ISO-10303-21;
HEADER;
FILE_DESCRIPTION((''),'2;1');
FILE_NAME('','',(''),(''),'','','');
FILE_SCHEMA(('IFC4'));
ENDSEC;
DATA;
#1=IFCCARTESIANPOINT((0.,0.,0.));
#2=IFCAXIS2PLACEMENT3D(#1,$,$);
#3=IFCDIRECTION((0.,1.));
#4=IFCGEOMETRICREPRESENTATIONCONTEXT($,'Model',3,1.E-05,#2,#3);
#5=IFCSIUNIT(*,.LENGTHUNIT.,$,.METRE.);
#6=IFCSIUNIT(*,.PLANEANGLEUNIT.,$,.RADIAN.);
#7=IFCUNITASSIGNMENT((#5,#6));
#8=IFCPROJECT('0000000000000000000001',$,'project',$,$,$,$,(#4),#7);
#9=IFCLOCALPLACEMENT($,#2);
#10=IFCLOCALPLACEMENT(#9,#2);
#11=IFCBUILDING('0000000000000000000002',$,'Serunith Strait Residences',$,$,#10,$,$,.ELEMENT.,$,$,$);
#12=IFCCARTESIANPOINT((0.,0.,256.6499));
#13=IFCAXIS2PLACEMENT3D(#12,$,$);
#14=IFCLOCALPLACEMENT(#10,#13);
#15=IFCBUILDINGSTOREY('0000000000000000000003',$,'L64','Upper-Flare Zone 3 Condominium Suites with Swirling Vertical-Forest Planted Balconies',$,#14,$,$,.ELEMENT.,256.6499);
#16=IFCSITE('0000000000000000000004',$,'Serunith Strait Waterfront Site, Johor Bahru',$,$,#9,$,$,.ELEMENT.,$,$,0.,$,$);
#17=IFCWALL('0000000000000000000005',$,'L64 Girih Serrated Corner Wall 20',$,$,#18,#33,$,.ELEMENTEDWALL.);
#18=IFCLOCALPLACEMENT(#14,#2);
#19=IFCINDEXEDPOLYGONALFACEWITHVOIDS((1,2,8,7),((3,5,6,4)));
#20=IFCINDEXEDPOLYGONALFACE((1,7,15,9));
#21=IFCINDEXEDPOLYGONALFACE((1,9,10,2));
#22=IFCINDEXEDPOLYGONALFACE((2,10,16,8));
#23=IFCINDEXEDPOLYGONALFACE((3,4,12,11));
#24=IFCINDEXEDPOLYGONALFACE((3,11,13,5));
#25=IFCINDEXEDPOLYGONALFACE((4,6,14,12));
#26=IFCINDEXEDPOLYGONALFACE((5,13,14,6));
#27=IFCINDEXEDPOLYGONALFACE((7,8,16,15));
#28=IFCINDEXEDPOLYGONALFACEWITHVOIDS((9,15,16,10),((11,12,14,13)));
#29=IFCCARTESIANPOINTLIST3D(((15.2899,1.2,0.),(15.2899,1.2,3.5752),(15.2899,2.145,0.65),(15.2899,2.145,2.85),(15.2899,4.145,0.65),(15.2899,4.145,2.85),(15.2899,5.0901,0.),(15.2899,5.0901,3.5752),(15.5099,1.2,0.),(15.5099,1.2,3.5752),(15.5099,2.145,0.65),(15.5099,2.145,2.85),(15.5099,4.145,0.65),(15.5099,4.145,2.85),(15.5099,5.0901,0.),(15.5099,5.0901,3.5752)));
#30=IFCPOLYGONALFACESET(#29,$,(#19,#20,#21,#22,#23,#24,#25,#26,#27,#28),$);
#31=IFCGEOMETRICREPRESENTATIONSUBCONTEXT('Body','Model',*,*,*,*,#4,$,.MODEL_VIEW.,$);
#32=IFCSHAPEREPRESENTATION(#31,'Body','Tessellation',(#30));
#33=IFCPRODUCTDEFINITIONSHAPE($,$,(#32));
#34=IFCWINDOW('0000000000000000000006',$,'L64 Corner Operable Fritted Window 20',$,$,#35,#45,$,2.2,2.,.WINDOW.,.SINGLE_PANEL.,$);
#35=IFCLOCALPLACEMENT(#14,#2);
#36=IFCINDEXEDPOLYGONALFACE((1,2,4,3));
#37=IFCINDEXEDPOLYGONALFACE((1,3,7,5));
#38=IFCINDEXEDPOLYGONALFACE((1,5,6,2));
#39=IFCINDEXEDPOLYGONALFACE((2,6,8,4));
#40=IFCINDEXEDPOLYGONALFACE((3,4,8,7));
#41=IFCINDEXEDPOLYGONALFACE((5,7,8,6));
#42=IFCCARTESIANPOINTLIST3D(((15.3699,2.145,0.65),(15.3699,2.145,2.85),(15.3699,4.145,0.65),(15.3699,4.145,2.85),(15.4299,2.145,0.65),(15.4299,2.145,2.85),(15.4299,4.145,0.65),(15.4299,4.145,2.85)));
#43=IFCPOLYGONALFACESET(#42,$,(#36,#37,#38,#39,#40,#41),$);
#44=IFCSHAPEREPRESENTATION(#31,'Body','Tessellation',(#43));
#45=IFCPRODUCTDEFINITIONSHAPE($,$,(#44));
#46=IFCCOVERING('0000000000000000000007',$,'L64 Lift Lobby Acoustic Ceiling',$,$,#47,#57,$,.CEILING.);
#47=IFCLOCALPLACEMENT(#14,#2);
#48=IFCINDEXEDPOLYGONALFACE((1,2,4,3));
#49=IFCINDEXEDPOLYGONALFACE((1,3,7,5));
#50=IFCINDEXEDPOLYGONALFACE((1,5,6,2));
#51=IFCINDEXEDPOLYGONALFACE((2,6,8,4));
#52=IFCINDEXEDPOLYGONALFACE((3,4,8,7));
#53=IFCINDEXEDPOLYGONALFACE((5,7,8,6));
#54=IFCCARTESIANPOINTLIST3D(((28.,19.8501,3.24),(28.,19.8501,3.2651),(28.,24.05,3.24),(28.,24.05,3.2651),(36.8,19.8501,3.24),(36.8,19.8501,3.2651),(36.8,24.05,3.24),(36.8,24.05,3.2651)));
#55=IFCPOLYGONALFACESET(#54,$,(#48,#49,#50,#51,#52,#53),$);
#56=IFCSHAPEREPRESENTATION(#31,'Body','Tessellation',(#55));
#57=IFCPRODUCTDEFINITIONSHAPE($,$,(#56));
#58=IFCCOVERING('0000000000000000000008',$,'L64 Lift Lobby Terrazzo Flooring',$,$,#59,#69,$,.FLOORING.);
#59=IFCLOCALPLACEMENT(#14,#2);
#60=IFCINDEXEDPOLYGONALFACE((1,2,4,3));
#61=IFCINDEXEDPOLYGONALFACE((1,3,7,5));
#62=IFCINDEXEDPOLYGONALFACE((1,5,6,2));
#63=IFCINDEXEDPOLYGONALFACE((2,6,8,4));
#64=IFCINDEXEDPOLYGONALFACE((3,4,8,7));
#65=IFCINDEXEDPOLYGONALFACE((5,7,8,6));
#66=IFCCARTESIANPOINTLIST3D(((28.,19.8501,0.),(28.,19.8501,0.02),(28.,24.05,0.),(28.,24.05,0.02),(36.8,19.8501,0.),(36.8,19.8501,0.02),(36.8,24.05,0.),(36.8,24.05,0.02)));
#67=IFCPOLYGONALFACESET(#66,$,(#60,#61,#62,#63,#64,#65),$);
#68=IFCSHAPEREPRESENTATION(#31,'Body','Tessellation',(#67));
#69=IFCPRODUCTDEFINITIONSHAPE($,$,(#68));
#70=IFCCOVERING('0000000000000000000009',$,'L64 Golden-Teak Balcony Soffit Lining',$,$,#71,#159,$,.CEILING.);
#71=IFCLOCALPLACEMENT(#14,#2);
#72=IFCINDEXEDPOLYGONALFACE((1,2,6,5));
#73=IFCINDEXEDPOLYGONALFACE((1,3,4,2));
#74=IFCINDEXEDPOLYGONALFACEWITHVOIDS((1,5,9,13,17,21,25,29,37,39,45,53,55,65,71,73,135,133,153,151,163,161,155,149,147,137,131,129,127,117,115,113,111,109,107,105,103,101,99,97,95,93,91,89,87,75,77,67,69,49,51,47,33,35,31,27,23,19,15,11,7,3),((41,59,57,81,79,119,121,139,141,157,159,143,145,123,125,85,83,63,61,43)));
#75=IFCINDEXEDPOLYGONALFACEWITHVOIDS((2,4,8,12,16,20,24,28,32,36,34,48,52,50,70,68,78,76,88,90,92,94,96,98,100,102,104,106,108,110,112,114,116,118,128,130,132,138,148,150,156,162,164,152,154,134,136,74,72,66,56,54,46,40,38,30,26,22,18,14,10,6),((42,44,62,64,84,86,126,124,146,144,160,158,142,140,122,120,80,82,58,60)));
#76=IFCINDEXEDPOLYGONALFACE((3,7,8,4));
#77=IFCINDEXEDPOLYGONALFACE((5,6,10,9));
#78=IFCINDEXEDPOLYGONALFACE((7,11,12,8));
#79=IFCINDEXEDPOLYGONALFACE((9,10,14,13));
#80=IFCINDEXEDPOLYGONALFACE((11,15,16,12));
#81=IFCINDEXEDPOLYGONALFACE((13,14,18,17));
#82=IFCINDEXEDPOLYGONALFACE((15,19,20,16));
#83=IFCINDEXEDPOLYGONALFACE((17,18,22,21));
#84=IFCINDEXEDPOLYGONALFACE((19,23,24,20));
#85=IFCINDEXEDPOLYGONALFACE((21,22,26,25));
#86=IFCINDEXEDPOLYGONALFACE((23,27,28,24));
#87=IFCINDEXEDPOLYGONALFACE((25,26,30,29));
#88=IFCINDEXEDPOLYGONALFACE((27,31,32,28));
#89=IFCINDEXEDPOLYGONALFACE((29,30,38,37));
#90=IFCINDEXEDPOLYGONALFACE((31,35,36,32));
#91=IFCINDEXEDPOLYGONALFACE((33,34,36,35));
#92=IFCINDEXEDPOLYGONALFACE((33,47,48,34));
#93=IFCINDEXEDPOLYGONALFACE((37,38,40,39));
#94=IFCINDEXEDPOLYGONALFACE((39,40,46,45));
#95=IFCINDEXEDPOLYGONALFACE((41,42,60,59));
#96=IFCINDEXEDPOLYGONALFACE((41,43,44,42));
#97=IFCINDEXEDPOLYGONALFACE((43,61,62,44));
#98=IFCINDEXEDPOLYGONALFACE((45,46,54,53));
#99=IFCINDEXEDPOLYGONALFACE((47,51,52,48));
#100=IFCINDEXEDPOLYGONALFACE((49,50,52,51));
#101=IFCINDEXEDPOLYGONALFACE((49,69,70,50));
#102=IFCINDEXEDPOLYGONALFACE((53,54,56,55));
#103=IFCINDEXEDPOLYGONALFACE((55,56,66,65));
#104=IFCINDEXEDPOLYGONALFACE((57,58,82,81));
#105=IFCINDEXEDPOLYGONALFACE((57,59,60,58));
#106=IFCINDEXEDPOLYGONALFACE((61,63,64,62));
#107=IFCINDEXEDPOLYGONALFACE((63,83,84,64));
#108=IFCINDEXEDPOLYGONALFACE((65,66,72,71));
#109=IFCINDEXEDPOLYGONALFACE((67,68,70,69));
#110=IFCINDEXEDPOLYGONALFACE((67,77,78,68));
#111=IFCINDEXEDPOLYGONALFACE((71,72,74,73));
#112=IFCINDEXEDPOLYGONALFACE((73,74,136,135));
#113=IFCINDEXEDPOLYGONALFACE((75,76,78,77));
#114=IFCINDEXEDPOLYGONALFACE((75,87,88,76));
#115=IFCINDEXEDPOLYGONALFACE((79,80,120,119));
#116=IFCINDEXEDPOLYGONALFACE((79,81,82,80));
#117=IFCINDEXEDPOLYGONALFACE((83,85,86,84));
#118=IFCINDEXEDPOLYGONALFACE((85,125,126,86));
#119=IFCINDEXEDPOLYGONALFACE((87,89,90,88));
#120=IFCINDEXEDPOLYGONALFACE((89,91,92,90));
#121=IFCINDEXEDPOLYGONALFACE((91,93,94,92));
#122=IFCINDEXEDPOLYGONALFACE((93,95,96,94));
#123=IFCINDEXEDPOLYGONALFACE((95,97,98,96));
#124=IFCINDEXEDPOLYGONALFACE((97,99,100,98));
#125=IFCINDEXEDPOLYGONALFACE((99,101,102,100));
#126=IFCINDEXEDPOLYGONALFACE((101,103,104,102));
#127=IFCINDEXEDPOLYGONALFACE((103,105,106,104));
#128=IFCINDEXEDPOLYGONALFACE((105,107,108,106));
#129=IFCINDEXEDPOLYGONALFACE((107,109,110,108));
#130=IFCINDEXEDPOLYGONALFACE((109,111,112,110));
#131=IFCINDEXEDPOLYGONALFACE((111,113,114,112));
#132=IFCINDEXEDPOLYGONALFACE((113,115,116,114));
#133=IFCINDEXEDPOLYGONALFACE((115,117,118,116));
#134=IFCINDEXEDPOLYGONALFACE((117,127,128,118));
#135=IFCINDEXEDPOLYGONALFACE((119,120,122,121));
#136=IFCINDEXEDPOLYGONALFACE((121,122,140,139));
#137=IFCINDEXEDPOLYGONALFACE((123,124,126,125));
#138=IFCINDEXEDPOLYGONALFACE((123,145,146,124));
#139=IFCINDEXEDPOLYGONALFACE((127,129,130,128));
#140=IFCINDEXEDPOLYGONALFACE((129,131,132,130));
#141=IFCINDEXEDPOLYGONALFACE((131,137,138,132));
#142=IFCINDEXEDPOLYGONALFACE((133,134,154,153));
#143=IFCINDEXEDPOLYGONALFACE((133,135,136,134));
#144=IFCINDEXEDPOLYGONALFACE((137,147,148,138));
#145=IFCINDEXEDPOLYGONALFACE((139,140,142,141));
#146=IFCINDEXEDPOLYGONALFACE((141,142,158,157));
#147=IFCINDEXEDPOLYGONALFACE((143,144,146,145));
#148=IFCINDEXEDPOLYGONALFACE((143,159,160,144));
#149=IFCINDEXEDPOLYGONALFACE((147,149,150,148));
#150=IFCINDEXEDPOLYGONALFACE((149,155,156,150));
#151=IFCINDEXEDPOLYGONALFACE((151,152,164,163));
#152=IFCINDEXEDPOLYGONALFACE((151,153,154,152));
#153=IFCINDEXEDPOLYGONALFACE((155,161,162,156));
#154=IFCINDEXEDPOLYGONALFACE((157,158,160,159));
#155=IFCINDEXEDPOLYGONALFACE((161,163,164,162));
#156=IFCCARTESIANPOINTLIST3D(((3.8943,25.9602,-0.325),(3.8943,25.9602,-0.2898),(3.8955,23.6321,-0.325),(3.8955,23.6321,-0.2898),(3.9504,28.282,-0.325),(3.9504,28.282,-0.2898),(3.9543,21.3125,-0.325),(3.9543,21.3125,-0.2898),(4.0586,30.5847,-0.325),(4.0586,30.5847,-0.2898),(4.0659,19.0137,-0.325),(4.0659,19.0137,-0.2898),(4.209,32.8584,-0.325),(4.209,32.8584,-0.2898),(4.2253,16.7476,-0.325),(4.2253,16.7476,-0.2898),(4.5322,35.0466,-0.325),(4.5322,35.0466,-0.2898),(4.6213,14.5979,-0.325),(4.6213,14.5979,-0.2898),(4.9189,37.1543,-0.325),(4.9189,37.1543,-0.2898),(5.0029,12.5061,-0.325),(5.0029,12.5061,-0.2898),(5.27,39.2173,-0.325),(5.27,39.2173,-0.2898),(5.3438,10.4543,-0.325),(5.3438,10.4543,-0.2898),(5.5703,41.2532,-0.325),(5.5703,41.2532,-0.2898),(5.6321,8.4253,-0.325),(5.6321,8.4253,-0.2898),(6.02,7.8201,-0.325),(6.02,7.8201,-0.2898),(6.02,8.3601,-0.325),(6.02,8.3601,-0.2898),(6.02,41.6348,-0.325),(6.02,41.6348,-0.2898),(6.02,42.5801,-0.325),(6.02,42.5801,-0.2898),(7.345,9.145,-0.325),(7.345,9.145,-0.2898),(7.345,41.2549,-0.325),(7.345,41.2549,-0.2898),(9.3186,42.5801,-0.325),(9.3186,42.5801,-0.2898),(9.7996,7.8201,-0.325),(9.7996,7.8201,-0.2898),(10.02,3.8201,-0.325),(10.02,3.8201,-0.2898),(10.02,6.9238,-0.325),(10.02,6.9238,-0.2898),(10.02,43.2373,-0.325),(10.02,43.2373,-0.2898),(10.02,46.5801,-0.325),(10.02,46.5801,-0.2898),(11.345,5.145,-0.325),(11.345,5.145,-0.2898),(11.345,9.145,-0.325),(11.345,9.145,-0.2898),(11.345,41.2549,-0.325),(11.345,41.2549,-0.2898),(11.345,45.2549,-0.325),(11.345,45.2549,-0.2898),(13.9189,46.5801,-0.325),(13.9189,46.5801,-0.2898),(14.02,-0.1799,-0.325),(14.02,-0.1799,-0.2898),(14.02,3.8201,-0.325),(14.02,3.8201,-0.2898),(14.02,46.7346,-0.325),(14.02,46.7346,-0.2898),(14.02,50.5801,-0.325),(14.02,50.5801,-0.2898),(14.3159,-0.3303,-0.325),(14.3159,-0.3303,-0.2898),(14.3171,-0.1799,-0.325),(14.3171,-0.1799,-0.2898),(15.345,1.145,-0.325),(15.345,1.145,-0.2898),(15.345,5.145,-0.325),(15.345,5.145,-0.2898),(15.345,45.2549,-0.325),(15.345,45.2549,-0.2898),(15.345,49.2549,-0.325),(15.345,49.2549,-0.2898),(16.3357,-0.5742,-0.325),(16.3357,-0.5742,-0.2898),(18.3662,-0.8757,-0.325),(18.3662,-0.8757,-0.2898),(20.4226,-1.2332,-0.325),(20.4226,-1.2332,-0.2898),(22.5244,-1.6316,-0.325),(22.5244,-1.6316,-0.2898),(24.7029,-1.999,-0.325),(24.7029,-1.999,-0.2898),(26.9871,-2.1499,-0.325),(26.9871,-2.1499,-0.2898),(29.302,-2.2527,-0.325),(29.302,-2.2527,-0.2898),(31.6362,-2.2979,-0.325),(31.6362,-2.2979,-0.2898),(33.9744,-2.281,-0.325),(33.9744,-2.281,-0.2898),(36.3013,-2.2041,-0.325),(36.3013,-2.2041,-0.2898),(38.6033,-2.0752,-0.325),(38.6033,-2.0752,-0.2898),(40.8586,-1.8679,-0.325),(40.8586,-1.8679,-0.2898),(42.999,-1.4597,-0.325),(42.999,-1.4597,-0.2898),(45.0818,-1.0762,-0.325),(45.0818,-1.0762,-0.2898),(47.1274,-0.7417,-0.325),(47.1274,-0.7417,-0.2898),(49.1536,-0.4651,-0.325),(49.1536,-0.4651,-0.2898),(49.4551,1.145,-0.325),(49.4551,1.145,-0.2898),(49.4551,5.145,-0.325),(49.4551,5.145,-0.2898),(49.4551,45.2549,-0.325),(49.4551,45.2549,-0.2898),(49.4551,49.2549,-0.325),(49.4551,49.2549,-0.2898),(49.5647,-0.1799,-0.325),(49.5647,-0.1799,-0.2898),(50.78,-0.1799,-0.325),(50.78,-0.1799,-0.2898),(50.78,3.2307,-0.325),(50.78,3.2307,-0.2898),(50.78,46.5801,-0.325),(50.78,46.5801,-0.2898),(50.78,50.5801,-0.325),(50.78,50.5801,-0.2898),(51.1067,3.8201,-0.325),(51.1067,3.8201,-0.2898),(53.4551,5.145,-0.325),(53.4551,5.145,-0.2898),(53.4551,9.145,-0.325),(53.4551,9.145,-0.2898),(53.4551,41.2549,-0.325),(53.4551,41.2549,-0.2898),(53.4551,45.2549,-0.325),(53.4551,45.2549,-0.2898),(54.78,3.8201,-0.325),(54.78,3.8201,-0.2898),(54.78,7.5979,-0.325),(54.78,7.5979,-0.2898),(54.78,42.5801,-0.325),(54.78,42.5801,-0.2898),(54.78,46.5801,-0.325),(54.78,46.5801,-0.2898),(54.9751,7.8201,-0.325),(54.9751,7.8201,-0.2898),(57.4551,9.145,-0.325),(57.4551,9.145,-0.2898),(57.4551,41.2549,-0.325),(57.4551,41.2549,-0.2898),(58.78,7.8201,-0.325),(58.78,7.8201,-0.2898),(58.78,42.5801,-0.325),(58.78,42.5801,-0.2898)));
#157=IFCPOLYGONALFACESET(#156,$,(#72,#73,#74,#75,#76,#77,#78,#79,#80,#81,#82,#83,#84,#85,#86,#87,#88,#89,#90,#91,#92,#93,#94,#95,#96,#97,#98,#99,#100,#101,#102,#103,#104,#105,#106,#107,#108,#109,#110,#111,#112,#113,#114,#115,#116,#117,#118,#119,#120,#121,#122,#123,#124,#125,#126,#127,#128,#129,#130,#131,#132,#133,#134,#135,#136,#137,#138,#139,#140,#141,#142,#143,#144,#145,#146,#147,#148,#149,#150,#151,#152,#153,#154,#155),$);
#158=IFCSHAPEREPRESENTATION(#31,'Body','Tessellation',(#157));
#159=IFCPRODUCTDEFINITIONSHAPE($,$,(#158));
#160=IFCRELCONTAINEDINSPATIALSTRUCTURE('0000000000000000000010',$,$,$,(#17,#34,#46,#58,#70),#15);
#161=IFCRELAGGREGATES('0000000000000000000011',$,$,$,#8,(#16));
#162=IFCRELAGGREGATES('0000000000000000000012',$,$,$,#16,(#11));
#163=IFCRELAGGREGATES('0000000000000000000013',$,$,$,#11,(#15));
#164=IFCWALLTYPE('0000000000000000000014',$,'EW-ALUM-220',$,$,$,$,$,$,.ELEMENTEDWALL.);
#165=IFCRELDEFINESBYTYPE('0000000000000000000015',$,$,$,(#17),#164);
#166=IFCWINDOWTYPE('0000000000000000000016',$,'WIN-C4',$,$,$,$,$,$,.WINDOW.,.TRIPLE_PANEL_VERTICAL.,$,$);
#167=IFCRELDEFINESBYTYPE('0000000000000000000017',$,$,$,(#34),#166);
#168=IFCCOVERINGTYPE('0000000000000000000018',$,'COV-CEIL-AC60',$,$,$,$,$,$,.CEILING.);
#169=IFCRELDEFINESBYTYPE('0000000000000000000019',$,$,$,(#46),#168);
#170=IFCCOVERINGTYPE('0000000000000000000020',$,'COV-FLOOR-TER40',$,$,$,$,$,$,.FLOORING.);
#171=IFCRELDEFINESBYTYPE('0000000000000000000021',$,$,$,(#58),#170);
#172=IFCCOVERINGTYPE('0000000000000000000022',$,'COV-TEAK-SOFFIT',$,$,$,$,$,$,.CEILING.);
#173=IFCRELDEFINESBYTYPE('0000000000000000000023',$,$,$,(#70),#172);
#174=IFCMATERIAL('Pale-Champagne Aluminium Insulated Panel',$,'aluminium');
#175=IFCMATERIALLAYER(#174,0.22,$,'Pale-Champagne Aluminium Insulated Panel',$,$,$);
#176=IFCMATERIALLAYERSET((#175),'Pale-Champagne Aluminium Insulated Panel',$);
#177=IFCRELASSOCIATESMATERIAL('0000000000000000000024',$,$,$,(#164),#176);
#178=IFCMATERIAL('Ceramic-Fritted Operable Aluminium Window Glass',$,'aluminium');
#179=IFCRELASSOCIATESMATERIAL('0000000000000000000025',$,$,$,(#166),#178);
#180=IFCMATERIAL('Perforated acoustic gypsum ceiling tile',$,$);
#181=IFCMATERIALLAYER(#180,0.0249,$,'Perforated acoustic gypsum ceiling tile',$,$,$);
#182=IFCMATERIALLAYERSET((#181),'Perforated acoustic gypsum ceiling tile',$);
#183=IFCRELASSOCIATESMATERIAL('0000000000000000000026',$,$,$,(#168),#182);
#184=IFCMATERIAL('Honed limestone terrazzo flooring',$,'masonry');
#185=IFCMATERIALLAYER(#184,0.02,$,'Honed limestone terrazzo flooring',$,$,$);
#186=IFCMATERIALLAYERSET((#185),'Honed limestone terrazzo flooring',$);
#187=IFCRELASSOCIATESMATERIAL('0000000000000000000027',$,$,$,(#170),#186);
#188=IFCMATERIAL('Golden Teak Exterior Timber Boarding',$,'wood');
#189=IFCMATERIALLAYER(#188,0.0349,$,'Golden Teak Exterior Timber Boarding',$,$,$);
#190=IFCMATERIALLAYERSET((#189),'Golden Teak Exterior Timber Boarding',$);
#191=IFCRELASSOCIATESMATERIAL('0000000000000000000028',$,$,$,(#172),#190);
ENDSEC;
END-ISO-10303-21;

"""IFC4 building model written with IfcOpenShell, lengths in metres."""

from ifc_helpers import new_model, si_unit, direction, frame, frame_2d, origin, place, context, subcontext, project, spatial, polyline, rectangle, outline, extrude, source, transform, mapped, material, layer, layer_set, type_object, element, fill, save


model = new_model("IFC4")

# Units and contexts
model_context = context("Model", 3, precision=1e-05, world=origin(), true_north=direction((0.0, 1.0)))
body_context = subcontext(model_context, "Body", "Model", "MODEL_VIEW")
ifc_project = project(units=[si_unit("LENGTHUNIT", "METRE"), si_unit("PLANEANGLEUNIT", "RADIAN")], contexts=[model_context])

# Site, building, storey
site_placement = place(None, origin())
site = spatial("IfcSite", under=ifc_project, at=site_placement, Name="Serunith Strait Waterfront Site, Johor Bahru", CompositionType="ELEMENT", RefElevation=0.0)
building_placement = place(site_placement, origin())
building = spatial("IfcBuilding", under=site, at=building_placement, Name="Serunith Strait Residences", CompositionType="ELEMENT")
storey_placement = place(building_placement, frame((0.0, 0.0, 256.6499)))
storey = spatial("IfcBuildingStorey", under=building, at=storey_placement, Name="L64", Description="Upper-Flare Zone 3 Condominium Suites with Swirling Vertical-Forest Planted Balconies", CompositionType="ELEMENT", Elevation=256.6499)

# Wall, opening, window
ifc_material_1 = material(Name="Pale-Champagne Aluminium Insulated Panel", Category="aluminium")
ifc_layer_1 = layer(ifc_material_1, 0.22, Name="Pale-Champagne Aluminium Insulated Panel")
ifc_layer_set_1 = layer_set([ifc_layer_1], Name="Pale-Champagne Aluminium Insulated Panel")
wall_type = type_object("IfcWallType", Name="EW-ALUM-220", PredefinedType="ELEMENTEDWALL", material=ifc_layer_set_1)
ifc_material_2 = material(Name="Ceramic-Fritted Operable Aluminium Window Glass", Category="aluminium")
window_type = type_object("IfcWindowType", Name="WIN-C4", PartitioningType="TRIPLE_PANEL_VERTICAL", PredefinedType="WINDOW", material=ifc_material_2)
shared_shape_1 = source(origin(), body_context, "Body", "SweptSolid", [
    extrude(rectangle(XDim=2.0, YDim=2.2, at=frame_2d((1.0, 1.1001))), frame((0.0, 0.03, 0.0), z_axis=(0.0, -1.0, 0.0), x_axis=(1.0, 0.0, 0.0)), (0.0, 0.0, 1.0), 0.0601),
])
wall_1_placement = place(storey_placement, frame((15.3999, 5.0901, 0.0), z_axis=(0.0, 0.0, 1.0), x_axis=(0.0, -1.0, 0.0)))
wall_1 = element("IfcWall", 1, at=wall_1_placement, inside=storey, type_object=wall_type, Name="L64 Girih Serrated Corner Wall 20", PredefinedType="ELEMENTEDWALL", context=body_context, shape_type="SweptSolid", body=[
    extrude(rectangle(XDim=3.8901, YDim=0.22, at=frame_2d((1.9451, 0.0))), origin(), (0.0, 0.0, 1.0), 3.5752),
])
opening_1_placement = place(wall_1_placement, frame((0.9451, 0.0, 0.6499)))
opening_1 = element("IfcOpeningElement", 2, at=opening_1_placement, cuts=wall_1, PredefinedType="OPENING", context=body_context, shape_type="SweptSolid", body=[
    extrude(rectangle(XDim=2.0, YDim=2.2, at=frame_2d((1.0, 1.1001))), frame((0.0, 0.1201, 0.0), z_axis=(0.0, -1.0, 0.0), x_axis=(1.0, 0.0, 0.0)), (0.0, 0.0, 1.0), 0.24),
])
window_1_placement = place(opening_1_placement, origin())
window_1 = element("IfcWindow", 3, at=window_1_placement, inside=storey, type_object=window_type, Name="L64 Corner Operable Fritted Window 20", OverallHeight=2.2, OverallWidth=2.0, PartitioningType="SINGLE_PANEL", PredefinedType="WINDOW", context=body_context, shape_type="MappedRepresentation", body=[
    mapped(shared_shape_1, transform((0.0, 0.0, 0.0), scale=1.0)),
])
fill(opening_1, window_1)

# Coverings
ifc_material_3 = material(Name="Perforated acoustic gypsum ceiling tile")
ifc_layer_2 = layer(ifc_material_3, 0.0249, Name="Perforated acoustic gypsum ceiling tile")
ifc_layer_set_2 = layer_set([ifc_layer_2], Name="Perforated acoustic gypsum ceiling tile")
covering_type_1 = type_object("IfcCoveringType", Name="COV-CEIL-AC60", PredefinedType="CEILING", material=ifc_layer_set_2)
covering_1_placement = place(storey_placement, frame((0.0, 0.0, 3.24)))
element("IfcCovering", 4, at=covering_1_placement, inside=storey, type_object=covering_type_1, Name="L64 Lift Lobby Acoustic Ceiling", PredefinedType="CEILING", context=body_context, shape_type="SweptSolid", body=[
    extrude(outline(polyline([(28.0, 19.8501), (36.8, 19.8501), (36.8, 24.05), (28.0, 24.05), (28.0, 19.8501)])), origin(), (0.0, 0.0, 1.0), 0.0251),
])
ifc_material_4 = material(Name="Honed limestone terrazzo flooring", Category="masonry")
ifc_layer_3 = layer(ifc_material_4, 0.02, Name="Honed limestone terrazzo flooring")
ifc_layer_set_3 = layer_set([ifc_layer_3], Name="Honed limestone terrazzo flooring")
covering_type_2 = type_object("IfcCoveringType", Name="COV-FLOOR-TER40", PredefinedType="FLOORING", material=ifc_layer_set_3)
covering_2_placement = place(storey_placement, origin())
element("IfcCovering", 5, at=covering_2_placement, inside=storey, type_object=covering_type_2, Name="L64 Lift Lobby Terrazzo Flooring", PredefinedType="FLOORING", context=body_context, shape_type="SweptSolid", body=[
    extrude(outline(polyline([(28.0, 19.8501), (36.8, 19.8501), (36.8, 24.05), (28.0, 24.05), (28.0, 19.8501)])), origin(), (0.0, 0.0, 1.0), 0.02),
])
ifc_material_5 = material(Name="Golden Teak Exterior Timber Boarding", Category="wood")
ifc_layer_4 = layer(ifc_material_5, 0.0349, Name="Golden Teak Exterior Timber Boarding")
ifc_layer_set_4 = layer_set([ifc_layer_4], Name="Golden Teak Exterior Timber Boarding")
covering_type_3 = type_object("IfcCoveringType", Name="COV-TEAK-SOFFIT", PredefinedType="CEILING", material=ifc_layer_set_4)
covering_3_placement = place(storey_placement, frame((0.0, 0.0, -0.325)))
element("IfcCovering", 6, at=covering_3_placement, inside=storey, type_object=covering_type_3, Name="L64 Golden-Teak Balcony Soffit Lining", PredefinedType="CEILING", context=body_context, shape_type="SweptSolid", body=[
    extrude(outline(polyline([(14.02, -0.1799), (14.02, 3.8201), (10.02, 3.8201), (10.02, 6.9238), (9.7996, 7.8201), (6.02, 7.8201), (6.02, 8.3601), (5.6321, 8.4253), (5.3438, 10.4543), (5.0029, 12.5061), (4.6213, 14.5979), (4.2253, 16.7476), (4.0659, 19.0137), (3.9543, 21.3125), (3.8955, 23.6321), (3.8943, 25.9602), (3.9504, 28.282), (4.0586, 30.5847), (4.209, 32.8584), (4.5322, 35.0466), (4.9189, 37.1543), (5.27, 39.2173), (5.5703, 41.2532), (6.02, 41.6348), (6.02, 42.5801), (9.3186, 42.5801), (10.02, 43.2373), (10.02, 46.5801), (13.9189, 46.5801), (14.02, 46.7346), (14.02, 50.5801), (50.78, 50.5801), (50.78, 46.5801), (54.78, 46.5801), (54.78, 42.5801), (58.78, 42.5801), (58.78, 7.8201), (54.9751, 7.8201), (54.78, 7.5979), (54.78, 3.8201), (51.1067, 3.8201), (50.78, 3.2307), (50.78, -0.1799), (49.5647, -0.1799), (49.1536, -0.4651), (47.1274, -0.7417), (45.0818, -1.0762), (42.999, -1.4597), (40.8586, -1.8679), (38.6033, -2.0752), (36.3013, -2.2041), (33.9744, -2.281), (31.6362, -2.2979), (29.302, -2.2527), (26.9871, -2.1499), (24.7029, -1.999), (22.5244, -1.6316), (20.4226, -1.2332), (18.3662, -0.8757), (16.3357, -0.5742), (14.3159, -0.3303), (14.3171, -0.1799), (14.02, -0.1799)]), holes=[polyline([(49.4551, 1.145), (49.4551, 5.145), (53.4551, 5.145), (53.4551, 9.145), (57.4551, 9.145), (57.4551, 41.2549), (53.4551, 41.2549), (53.4551, 45.2549), (49.4551, 45.2549), (49.4551, 49.2549), (15.345, 49.2549), (15.345, 45.2549), (11.345, 45.2549), (11.345, 41.2549), (7.345, 41.2549), (7.345, 9.145), (11.345, 9.145), (11.345, 5.145), (15.345, 5.145), (15.345, 1.145), (49.4551, 1.145)])]), origin(), (0.0, 0.0, 1.0), 0.0352),
])

save(model, "model.ifc")
